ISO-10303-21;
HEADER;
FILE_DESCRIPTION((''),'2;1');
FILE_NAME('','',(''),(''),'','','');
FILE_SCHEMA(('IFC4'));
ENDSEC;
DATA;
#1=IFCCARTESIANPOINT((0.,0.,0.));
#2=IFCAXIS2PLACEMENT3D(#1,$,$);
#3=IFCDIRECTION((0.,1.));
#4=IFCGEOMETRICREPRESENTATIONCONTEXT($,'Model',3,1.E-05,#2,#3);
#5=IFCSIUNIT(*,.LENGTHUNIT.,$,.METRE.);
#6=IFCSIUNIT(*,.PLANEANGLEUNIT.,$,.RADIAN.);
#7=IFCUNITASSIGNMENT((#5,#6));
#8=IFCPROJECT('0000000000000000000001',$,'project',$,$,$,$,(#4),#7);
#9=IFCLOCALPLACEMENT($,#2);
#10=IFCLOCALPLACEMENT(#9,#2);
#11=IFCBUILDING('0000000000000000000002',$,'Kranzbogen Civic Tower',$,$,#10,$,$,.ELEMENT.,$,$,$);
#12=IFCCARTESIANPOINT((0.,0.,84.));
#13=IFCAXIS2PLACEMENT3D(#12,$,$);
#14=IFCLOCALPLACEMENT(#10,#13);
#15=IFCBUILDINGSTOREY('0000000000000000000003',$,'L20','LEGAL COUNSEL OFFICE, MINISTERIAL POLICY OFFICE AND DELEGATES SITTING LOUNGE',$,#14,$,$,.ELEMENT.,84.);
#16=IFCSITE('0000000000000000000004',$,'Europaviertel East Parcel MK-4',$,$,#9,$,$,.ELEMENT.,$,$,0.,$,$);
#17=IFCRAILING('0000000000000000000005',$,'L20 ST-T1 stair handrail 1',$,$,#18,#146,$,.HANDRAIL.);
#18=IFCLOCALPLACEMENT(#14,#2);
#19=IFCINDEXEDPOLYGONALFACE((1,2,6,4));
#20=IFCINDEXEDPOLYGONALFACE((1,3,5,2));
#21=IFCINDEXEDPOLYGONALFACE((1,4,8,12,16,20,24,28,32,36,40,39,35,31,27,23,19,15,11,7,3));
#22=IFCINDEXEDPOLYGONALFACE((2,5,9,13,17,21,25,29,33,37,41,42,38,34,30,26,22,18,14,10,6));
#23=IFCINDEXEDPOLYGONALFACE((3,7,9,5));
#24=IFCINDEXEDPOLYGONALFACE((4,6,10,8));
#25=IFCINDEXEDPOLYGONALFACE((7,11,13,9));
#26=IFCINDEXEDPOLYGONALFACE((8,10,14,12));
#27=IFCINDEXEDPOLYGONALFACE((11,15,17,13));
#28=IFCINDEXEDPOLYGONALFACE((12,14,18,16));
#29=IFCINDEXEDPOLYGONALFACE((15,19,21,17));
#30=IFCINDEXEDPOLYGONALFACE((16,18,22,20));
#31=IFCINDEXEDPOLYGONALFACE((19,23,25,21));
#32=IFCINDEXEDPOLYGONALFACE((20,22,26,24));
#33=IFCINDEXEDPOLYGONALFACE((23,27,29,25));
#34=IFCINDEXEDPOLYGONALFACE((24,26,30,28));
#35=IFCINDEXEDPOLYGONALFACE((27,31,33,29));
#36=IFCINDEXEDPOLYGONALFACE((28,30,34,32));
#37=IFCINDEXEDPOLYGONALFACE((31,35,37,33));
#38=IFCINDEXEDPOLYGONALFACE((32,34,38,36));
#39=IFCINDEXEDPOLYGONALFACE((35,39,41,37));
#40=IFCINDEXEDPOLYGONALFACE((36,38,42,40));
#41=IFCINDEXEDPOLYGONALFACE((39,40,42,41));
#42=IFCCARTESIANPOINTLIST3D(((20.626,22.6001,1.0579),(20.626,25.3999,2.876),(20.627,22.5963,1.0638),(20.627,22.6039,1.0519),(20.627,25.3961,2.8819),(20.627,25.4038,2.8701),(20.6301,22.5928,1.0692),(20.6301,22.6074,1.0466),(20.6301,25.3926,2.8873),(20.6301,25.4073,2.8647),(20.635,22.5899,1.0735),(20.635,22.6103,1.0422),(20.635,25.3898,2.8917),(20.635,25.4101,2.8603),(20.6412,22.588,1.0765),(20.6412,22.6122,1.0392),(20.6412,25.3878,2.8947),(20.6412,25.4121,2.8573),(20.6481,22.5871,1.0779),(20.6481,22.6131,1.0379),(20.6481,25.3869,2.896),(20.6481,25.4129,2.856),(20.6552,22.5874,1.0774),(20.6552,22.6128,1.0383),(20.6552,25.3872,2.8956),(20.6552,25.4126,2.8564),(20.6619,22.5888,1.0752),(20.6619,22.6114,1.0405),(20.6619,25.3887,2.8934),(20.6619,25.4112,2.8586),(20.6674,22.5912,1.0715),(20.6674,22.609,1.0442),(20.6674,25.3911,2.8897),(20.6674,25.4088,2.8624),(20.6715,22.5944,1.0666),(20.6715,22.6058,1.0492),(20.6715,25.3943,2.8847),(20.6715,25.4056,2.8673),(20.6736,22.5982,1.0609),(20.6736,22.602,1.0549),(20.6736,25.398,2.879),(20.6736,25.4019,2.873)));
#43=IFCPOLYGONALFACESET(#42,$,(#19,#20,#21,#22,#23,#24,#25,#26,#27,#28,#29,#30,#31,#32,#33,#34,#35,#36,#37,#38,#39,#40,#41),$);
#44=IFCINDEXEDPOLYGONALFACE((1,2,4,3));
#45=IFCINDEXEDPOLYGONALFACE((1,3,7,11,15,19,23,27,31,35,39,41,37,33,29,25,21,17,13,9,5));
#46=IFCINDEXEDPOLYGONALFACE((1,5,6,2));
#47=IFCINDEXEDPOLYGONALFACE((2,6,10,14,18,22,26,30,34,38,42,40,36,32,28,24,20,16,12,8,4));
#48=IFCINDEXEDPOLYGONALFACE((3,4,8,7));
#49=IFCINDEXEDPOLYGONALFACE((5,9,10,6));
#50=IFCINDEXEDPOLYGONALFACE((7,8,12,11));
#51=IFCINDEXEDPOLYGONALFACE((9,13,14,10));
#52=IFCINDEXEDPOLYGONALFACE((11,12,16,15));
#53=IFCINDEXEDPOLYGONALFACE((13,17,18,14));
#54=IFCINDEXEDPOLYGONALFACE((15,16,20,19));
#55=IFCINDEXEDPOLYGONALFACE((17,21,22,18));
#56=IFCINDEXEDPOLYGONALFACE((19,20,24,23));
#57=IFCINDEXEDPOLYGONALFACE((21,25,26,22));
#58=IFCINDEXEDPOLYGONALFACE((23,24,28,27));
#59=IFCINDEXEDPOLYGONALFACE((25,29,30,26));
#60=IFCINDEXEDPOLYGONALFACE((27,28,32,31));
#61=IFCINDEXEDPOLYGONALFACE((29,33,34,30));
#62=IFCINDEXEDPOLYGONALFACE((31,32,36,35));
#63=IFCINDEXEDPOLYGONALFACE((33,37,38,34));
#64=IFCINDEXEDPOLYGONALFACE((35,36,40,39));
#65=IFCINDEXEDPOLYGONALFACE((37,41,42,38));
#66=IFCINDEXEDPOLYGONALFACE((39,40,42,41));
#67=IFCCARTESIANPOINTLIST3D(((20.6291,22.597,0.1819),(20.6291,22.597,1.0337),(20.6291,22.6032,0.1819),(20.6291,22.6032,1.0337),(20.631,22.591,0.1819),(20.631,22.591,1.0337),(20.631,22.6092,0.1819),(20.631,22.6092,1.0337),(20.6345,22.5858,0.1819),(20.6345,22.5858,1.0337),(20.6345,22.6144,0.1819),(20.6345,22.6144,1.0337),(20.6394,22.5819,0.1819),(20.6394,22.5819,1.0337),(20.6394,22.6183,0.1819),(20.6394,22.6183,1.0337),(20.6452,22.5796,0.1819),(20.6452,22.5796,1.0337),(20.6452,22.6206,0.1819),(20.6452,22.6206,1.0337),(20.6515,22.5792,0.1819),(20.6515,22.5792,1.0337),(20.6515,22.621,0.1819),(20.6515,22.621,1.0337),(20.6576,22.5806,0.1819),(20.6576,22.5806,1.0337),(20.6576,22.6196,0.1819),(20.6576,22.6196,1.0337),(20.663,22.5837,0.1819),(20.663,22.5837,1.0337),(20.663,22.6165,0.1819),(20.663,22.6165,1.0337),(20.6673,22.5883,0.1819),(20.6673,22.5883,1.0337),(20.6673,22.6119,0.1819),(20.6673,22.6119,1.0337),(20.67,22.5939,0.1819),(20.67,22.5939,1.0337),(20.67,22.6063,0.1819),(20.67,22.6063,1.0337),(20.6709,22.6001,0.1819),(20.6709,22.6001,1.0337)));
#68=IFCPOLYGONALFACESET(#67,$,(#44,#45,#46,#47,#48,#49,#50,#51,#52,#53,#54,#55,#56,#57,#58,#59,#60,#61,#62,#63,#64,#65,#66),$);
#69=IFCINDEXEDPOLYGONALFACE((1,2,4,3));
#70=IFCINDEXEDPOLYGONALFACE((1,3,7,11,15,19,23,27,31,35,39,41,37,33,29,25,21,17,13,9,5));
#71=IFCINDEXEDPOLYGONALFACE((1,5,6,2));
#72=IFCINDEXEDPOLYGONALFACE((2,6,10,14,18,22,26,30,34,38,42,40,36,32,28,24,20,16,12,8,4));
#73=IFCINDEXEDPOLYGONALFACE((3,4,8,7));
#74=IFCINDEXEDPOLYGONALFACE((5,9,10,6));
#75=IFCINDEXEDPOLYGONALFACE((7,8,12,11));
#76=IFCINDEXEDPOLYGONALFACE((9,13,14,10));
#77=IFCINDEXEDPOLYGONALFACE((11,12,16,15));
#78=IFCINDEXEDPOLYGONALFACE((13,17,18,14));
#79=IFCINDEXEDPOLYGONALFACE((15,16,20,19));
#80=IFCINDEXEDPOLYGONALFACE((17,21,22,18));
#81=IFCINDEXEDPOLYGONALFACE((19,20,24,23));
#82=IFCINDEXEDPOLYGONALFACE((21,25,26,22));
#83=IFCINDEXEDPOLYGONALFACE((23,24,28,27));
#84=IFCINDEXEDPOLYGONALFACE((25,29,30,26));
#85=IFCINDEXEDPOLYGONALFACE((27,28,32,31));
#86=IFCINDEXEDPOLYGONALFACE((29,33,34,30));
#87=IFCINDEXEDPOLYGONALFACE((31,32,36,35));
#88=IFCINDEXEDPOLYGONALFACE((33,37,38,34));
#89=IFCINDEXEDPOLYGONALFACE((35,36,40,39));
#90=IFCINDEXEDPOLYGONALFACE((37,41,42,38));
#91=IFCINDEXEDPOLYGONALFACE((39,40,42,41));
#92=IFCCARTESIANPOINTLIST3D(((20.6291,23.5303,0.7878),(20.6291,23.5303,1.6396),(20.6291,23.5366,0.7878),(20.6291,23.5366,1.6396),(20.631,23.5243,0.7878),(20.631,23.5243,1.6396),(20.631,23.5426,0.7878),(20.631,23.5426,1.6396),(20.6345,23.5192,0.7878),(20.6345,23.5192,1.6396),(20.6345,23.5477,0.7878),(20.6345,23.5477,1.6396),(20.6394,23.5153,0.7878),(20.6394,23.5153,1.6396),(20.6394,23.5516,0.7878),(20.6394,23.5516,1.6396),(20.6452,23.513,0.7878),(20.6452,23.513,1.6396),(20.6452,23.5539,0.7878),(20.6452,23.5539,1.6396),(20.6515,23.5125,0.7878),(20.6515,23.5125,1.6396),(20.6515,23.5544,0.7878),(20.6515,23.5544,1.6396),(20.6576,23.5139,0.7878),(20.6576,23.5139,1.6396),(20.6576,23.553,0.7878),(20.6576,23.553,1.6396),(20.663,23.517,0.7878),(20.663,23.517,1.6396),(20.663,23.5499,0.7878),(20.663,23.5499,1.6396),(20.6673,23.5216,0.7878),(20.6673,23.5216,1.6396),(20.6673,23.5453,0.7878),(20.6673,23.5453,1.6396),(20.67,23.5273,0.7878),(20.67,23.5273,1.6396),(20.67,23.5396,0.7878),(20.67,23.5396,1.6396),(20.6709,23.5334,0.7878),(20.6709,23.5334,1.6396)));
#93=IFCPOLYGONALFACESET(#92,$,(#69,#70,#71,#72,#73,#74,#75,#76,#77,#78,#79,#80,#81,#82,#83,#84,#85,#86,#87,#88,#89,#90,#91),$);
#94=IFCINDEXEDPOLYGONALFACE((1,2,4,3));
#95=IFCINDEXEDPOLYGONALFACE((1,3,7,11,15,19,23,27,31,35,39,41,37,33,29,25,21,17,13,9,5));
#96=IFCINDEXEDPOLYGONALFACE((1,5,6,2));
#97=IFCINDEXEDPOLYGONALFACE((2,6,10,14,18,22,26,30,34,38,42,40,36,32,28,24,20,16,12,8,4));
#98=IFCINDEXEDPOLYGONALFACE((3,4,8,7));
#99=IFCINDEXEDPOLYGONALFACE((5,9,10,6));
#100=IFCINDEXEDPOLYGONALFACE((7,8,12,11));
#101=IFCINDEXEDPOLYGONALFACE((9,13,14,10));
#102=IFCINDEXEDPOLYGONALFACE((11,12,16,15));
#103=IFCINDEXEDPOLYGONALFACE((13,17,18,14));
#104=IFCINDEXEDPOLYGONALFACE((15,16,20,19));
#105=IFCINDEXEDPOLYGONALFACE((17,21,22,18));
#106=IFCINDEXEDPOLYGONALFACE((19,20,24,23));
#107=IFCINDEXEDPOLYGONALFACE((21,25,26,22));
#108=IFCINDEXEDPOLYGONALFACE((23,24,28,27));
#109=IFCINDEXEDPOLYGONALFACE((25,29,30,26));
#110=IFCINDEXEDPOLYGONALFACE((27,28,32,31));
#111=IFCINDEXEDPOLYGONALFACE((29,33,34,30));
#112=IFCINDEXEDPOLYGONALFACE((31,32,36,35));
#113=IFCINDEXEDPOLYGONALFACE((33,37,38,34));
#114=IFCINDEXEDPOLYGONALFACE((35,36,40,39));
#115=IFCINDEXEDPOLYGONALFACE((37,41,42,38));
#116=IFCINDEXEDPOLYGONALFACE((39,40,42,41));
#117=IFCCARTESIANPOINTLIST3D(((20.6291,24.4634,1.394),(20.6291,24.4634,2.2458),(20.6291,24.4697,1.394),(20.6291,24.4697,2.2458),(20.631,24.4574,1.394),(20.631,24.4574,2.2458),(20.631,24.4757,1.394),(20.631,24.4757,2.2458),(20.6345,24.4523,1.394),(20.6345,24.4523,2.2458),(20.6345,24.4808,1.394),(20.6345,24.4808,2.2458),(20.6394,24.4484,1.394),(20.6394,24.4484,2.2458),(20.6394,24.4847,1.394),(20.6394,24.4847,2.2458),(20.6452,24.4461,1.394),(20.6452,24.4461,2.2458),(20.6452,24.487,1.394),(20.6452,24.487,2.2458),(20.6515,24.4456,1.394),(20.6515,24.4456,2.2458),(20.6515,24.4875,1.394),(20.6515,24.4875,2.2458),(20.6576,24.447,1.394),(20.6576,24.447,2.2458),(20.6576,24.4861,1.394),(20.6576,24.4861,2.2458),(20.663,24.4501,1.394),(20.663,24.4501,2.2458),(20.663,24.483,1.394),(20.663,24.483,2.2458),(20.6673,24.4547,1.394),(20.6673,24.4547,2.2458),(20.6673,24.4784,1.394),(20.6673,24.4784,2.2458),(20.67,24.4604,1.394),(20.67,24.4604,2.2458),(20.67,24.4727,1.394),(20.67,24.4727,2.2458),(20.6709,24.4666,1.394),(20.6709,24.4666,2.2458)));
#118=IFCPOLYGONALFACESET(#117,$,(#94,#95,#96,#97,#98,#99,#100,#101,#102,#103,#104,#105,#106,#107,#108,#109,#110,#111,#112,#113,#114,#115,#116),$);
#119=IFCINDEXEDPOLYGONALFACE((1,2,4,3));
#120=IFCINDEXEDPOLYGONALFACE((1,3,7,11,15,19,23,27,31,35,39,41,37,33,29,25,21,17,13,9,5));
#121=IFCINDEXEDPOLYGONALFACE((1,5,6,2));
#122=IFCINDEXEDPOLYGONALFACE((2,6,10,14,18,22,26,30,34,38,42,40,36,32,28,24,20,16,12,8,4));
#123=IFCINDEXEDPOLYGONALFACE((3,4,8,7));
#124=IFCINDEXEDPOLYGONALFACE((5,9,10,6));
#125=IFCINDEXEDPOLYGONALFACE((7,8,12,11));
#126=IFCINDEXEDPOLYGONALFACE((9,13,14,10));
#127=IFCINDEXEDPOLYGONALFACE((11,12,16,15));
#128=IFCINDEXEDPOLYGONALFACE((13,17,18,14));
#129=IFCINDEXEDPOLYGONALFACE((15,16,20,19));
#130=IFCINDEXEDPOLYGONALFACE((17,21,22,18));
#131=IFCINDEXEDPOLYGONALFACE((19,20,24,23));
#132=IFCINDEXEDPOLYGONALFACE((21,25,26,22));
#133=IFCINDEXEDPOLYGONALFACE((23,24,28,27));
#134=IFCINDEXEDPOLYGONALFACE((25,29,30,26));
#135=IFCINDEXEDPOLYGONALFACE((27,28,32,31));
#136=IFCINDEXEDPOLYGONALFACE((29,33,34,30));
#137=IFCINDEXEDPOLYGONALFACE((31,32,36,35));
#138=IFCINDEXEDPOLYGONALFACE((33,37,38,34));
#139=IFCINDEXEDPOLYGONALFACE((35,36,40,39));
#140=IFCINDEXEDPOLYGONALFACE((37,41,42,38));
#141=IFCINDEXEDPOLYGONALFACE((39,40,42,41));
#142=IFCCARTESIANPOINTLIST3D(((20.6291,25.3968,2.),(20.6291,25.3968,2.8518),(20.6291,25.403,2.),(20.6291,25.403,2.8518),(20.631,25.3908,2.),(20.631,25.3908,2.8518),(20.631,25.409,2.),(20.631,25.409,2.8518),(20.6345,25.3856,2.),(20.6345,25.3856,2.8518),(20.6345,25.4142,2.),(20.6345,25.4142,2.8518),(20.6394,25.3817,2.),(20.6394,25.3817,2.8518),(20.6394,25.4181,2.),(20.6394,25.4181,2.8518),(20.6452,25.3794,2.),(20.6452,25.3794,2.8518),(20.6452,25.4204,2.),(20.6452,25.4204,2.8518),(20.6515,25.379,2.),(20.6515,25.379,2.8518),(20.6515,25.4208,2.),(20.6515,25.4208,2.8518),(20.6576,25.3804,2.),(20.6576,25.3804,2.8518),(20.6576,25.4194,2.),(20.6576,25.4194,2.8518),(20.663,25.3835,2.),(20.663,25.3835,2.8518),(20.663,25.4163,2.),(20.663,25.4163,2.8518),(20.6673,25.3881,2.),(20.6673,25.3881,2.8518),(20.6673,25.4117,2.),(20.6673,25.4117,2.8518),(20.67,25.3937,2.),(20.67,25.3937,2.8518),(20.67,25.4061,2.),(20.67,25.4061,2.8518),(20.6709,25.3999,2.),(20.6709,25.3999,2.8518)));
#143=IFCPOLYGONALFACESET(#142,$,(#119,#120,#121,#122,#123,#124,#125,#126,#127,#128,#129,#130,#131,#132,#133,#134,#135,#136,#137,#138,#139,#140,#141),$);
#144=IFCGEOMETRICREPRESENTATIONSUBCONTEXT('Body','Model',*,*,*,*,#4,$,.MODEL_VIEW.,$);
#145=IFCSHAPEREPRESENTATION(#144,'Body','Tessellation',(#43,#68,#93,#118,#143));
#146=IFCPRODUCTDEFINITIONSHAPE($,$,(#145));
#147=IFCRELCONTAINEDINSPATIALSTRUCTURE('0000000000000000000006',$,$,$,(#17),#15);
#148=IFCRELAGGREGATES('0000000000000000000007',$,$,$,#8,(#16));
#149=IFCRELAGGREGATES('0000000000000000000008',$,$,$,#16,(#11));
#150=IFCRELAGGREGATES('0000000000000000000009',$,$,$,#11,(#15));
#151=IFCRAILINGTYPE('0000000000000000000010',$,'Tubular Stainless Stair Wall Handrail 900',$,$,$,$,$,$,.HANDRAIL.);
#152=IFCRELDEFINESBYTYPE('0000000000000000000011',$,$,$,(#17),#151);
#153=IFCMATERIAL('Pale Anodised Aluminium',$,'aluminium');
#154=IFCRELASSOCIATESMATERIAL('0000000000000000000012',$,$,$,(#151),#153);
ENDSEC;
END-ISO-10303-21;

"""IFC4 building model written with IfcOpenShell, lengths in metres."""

from ifc_helpers import new_model, si_unit, direction, frame, origin, origin_2d, place, context, subcontext, project, spatial, circle, extrude, material, type_object, element, save


model = new_model("IFC4")

# Units and contexts
model_context = context("Model", 3, precision=1e-05, world=origin(), true_north=direction((0.0, 1.0)))
body_context = subcontext(model_context, "Body", "Model", "MODEL_VIEW")
ifc_project = project(units=[si_unit("LENGTHUNIT", "METRE"), si_unit("PLANEANGLEUNIT", "RADIAN")], contexts=[model_context])

# Site, building, storey
site_placement = place(None, origin())
site = spatial("IfcSite", under=ifc_project, at=site_placement, Name="Europaviertel East Parcel MK-4", CompositionType="ELEMENT", RefElevation=0.0)
building_placement = place(site_placement, origin())
building = spatial("IfcBuilding", under=site, at=building_placement, Name="Kranzbogen Civic Tower", CompositionType="ELEMENT")
storey_placement = place(building_placement, frame((0.0, 0.0, 84.0)))
storey = spatial("IfcBuildingStorey", under=building, at=storey_placement, Name="L20", Description="LEGAL COUNSEL OFFICE, MINISTERIAL POLICY OFFICE AND DELEGATES SITTING LOUNGE", CompositionType="ELEMENT", Elevation=84.0)

# Shared definitions
ifc_material_1 = material(Name="Pale Anodised Aluminium", Category="aluminium")

# Railing
railing_type_1 = type_object("IfcRailingType", Name="Tubular Stainless Stair Wall Handrail 900", PredefinedType="HANDRAIL", material=ifc_material_1)
railing_1_placement = place(storey_placement, frame((20.6499, 22.6001, 0.1819)))
element("IfcRailing", 1, at=railing_1_placement, inside=storey, type_object=railing_type_1, Name="L20 ST-T1 stair handrail 1", PredefinedType="HANDRAIL", context=body_context, shape_type="SweptSolid", body=[
    extrude(circle(Radius=0.0239, at=origin_2d()), frame((0.0, 0.0, 0.876), z_axis=(0.0, 0.838684, 0.544618), x_axis=(-1.0, 0.0, 0.0)), (0.0, 0.0, 1.0), 3.3384),
    extrude(circle(Radius=0.021, at=origin_2d()), origin(), (0.0, 0.0, 1.0), 0.8518),
    extrude(circle(Radius=0.021, at=origin_2d()), frame((0.0, 0.9333, 0.606)), (0.0, 0.0, 1.0), 0.8518),
    extrude(circle(Radius=0.021, at=origin_2d()), frame((0.0, 1.8665, 1.2122)), (0.0, 0.0, 1.0), 0.8518),
    extrude(circle(Radius=0.021, at=origin_2d()), frame((0.0, 2.7998, 1.8181)), (0.0, 0.0, 1.0), 0.8518),
])

save(model, "model.ifc")
